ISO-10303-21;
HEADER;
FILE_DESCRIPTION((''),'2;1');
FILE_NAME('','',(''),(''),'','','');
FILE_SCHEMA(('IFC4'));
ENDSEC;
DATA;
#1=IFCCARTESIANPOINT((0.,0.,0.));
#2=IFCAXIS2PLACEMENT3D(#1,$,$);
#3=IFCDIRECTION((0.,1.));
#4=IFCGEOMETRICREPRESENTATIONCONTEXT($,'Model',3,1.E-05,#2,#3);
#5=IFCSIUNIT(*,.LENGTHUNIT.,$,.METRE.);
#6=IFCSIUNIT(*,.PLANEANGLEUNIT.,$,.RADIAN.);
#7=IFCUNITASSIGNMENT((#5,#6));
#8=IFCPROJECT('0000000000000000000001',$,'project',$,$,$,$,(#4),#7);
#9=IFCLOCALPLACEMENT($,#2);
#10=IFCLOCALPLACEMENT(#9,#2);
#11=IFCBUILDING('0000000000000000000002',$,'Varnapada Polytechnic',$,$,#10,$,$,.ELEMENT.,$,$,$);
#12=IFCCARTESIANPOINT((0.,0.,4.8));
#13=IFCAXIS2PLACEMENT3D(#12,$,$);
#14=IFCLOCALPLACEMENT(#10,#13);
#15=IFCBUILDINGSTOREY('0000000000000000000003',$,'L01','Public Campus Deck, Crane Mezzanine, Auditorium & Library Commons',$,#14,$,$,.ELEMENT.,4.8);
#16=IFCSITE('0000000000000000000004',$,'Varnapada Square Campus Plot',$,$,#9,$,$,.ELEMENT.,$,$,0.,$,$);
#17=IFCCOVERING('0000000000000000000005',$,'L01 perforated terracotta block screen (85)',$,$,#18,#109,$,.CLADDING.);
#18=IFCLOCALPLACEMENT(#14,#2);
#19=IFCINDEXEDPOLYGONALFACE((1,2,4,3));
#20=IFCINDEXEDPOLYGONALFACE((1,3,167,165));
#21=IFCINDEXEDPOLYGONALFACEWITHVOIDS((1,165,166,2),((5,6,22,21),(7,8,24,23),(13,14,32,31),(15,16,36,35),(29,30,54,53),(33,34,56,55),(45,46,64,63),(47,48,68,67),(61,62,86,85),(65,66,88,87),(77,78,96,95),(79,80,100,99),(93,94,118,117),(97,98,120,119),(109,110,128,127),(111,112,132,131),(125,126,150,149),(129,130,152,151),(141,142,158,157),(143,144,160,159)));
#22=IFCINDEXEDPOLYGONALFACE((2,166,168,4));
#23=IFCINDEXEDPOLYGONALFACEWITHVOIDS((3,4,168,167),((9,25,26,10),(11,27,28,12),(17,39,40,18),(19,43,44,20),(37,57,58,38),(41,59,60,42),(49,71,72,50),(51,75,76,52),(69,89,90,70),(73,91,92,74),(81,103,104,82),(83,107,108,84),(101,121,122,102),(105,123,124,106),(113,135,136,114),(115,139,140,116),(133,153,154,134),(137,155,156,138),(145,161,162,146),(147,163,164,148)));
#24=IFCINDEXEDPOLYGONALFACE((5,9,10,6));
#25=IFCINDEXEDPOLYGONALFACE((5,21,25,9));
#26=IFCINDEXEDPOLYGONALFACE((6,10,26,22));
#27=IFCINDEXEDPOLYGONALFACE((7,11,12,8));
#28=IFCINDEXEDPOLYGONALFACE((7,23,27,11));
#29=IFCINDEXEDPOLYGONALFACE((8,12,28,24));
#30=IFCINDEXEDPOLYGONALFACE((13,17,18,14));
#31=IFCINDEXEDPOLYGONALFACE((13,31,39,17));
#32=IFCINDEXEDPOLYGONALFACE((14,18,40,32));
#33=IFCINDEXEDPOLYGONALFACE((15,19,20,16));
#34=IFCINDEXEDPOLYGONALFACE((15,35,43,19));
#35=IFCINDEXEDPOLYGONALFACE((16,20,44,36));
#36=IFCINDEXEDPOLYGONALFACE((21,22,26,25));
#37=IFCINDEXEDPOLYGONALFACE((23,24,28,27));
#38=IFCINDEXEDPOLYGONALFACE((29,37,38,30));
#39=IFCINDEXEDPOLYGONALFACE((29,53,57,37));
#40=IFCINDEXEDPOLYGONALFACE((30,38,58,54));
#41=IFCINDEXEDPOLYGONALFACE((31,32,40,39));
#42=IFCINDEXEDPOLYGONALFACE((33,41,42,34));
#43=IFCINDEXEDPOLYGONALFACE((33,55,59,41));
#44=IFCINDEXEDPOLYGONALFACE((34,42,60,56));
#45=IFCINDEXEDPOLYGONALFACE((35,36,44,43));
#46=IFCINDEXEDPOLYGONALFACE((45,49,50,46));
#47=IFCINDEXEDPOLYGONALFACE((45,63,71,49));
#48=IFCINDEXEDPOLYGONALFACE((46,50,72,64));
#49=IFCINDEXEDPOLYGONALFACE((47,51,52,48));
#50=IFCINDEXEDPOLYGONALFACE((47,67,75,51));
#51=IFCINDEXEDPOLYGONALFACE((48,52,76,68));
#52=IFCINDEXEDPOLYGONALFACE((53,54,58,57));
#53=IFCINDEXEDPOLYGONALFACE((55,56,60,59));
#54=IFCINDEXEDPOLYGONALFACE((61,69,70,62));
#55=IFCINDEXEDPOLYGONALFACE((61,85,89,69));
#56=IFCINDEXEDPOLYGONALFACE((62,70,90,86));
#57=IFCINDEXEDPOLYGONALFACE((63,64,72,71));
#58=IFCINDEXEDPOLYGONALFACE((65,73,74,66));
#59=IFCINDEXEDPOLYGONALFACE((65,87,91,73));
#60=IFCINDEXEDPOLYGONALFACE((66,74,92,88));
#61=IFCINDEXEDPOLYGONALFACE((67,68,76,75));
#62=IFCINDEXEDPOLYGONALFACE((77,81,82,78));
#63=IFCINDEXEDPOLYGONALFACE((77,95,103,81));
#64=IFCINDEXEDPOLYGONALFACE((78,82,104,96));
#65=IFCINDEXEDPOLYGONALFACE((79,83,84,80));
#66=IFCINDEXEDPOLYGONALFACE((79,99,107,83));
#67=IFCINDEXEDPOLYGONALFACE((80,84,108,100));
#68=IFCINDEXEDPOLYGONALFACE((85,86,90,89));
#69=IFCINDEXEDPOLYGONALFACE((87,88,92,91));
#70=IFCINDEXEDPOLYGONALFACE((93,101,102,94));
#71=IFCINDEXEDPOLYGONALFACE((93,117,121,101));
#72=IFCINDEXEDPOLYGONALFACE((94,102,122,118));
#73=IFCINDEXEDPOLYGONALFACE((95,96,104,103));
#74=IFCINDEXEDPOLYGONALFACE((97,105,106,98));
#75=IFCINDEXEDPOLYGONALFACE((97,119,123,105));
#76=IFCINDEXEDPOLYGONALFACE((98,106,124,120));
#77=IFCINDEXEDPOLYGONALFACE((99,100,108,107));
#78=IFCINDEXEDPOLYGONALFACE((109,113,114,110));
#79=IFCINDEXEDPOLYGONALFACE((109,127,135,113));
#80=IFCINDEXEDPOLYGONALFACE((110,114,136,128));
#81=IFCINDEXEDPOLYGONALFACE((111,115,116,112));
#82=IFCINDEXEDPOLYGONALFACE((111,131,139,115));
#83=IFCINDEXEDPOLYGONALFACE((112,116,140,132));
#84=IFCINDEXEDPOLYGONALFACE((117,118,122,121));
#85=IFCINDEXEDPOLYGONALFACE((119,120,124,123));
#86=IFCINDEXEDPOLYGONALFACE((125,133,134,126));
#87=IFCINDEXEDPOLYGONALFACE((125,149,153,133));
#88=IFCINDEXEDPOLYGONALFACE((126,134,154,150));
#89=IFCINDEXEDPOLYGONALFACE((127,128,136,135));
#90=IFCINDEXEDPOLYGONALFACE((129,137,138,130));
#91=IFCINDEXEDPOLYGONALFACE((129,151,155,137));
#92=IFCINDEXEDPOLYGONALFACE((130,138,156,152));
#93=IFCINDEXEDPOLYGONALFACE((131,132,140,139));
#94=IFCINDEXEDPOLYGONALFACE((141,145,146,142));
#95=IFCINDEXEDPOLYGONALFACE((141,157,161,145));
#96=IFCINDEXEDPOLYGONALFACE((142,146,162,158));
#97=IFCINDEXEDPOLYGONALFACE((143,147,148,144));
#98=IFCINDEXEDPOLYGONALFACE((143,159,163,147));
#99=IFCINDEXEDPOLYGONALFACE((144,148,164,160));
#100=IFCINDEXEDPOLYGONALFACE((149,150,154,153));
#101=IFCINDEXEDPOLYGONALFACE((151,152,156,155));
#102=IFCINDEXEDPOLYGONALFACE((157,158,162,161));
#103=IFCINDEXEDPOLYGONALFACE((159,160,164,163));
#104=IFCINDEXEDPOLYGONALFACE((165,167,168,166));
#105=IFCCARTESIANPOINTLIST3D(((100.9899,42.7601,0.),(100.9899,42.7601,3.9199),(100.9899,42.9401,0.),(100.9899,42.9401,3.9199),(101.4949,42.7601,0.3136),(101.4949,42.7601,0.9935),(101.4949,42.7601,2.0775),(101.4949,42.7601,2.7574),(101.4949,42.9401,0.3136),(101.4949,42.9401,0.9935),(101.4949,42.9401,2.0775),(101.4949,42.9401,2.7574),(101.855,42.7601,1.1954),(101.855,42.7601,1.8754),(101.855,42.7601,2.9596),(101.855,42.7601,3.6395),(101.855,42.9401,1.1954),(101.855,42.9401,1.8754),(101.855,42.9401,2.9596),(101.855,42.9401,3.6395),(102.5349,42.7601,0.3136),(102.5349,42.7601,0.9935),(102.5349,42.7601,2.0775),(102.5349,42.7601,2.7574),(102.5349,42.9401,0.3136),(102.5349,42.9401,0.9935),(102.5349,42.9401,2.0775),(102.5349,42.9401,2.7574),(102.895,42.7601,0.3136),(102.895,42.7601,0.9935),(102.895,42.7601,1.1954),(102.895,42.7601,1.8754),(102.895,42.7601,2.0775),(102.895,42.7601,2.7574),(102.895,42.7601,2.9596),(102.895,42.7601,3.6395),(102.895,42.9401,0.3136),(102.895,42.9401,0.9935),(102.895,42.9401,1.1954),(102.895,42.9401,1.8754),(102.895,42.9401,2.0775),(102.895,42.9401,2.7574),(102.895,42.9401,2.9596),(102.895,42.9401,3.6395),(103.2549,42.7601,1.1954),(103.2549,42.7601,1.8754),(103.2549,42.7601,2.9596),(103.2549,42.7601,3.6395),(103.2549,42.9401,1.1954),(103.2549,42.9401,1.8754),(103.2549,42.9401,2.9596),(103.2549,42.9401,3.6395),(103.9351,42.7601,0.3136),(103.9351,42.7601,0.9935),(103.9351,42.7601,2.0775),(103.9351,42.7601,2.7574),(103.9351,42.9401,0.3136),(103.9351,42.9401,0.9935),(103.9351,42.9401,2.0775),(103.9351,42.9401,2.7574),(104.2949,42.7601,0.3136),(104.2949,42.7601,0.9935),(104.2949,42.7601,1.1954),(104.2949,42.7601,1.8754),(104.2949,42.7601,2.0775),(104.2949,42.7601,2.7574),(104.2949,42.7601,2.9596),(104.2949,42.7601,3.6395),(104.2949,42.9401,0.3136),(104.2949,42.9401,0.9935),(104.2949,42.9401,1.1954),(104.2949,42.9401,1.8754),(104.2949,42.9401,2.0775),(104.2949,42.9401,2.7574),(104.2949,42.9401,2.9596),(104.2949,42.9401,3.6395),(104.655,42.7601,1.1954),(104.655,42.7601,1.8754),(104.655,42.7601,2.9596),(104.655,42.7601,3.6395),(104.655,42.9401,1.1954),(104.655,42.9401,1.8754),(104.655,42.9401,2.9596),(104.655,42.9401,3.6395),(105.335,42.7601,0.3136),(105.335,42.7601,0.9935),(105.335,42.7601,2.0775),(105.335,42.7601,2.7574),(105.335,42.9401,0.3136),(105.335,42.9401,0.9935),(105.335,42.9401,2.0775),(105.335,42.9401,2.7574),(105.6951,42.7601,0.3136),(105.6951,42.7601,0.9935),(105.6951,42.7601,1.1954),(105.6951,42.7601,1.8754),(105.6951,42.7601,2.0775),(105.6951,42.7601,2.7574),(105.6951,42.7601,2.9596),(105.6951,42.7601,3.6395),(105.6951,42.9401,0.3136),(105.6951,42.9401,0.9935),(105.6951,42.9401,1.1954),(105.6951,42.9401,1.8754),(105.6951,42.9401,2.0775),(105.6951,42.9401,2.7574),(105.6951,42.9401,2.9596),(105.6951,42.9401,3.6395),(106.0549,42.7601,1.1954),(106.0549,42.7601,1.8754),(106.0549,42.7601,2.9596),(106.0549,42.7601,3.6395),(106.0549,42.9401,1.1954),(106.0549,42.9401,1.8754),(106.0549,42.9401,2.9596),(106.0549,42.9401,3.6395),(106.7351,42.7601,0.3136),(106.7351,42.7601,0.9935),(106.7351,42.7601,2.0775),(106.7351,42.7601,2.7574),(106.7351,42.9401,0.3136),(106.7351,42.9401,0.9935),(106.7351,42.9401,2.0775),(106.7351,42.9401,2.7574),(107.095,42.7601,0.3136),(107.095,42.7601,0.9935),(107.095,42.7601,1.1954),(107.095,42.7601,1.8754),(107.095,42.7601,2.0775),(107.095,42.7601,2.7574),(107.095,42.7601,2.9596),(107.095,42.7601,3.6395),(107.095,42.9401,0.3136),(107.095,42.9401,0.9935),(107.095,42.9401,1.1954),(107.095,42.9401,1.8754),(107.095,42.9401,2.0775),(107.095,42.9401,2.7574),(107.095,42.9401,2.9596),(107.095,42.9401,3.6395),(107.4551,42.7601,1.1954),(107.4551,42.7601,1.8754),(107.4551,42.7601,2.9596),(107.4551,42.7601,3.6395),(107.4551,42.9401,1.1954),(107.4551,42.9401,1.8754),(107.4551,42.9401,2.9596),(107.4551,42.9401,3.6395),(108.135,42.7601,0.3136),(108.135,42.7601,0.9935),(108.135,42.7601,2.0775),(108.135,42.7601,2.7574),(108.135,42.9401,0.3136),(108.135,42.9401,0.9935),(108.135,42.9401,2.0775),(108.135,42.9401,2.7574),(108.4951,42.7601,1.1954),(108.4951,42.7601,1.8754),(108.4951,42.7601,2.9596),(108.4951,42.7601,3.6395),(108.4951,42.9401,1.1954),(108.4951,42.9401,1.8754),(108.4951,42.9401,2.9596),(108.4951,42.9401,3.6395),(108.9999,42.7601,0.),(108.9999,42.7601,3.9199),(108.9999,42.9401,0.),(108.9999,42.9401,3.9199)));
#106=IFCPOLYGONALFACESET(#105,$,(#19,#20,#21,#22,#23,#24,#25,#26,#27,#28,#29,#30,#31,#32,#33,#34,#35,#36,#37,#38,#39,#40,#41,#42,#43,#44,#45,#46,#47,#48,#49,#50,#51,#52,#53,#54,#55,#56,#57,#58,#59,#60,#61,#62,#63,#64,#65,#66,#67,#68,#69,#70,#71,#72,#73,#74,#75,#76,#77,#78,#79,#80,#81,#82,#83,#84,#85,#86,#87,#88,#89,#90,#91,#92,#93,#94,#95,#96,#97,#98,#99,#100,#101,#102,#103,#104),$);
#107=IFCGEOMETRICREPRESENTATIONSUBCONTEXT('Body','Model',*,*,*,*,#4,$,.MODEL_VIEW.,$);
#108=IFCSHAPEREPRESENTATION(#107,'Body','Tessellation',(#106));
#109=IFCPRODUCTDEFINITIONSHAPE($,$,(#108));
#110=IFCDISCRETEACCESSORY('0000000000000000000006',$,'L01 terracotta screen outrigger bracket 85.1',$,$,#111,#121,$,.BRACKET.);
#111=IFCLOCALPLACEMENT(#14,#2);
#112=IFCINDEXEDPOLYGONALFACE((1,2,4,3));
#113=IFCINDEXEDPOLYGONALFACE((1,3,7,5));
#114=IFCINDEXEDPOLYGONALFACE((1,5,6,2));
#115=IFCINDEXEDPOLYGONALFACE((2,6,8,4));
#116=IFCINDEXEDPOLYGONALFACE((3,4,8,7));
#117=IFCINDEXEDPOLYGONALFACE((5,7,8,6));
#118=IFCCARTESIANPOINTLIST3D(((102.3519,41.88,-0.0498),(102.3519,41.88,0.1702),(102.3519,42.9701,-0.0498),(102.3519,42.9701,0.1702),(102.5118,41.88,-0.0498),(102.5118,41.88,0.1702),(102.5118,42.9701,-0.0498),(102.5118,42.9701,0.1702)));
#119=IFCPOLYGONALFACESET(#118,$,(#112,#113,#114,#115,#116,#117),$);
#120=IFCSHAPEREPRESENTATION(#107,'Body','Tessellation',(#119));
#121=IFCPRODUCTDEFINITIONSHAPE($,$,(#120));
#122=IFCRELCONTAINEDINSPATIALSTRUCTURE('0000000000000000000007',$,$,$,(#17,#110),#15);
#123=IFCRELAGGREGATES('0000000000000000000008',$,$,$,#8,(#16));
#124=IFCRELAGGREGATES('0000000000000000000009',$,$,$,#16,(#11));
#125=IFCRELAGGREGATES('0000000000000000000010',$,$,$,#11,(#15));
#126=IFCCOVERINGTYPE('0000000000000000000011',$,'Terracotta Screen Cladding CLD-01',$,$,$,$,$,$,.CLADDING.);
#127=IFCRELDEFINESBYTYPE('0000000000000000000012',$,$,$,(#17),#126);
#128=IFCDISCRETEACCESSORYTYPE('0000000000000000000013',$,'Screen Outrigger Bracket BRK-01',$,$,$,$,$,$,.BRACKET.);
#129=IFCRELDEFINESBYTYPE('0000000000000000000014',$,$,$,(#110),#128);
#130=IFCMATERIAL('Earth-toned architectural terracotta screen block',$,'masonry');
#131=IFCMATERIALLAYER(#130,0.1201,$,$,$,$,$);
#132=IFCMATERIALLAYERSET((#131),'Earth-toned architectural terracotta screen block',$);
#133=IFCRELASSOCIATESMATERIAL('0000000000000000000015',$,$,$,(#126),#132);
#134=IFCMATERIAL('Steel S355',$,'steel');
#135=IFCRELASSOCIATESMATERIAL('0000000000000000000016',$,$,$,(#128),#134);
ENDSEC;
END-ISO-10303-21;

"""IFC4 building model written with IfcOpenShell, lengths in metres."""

from ifc_helpers import new_model, si_unit, direction, frame, frame_2d, origin, origin_2d, place, context, subcontext, project, spatial, rectangle, extrude, material, layer, layer_set, type_object, element, save


model = new_model("IFC4")

# Units and contexts
model_context = context("Model", 3, precision=1e-05, world=origin(), true_north=direction((0.0, 1.0)))
body_context = subcontext(model_context, "Body", "Model", "MODEL_VIEW")
ifc_project = project(units=[si_unit("LENGTHUNIT", "METRE"), si_unit("PLANEANGLEUNIT", "RADIAN")], contexts=[model_context])

# Site, building, storey
site_placement = place(None, origin())
site = spatial("IfcSite", under=ifc_project, at=site_placement, Name="Varnapada Square Campus Plot", CompositionType="ELEMENT", RefElevation=0.0)
building_placement = place(site_placement, origin())
building = spatial("IfcBuilding", under=site, at=building_placement, Name="Varnapada Polytechnic", CompositionType="ELEMENT")
storey_placement = place(building_placement, frame((0.0, 0.0, 4.8)))
storey = spatial("IfcBuildingStorey", under=building, at=storey_placement, Name="L01", Description="Public Campus Deck, Crane Mezzanine, Auditorium & Library Commons", CompositionType="ELEMENT", Elevation=4.8)

# Shared definitions
ifc_material_1 = material(Name="Steel S355", Category="steel")

# Covering, openings
ifc_material_2 = material(Name="Earth-toned architectural terracotta screen block", Category="masonry")
ifc_layer_1 = layer(ifc_material_2, 0.1201)
ifc_layer_set_1 = layer_set([ifc_layer_1], Name="Earth-toned architectural terracotta screen block")
covering_type = type_object("IfcCoveringType", Name="Terracotta Screen Cladding CLD-01", PredefinedType="CLADDING", material=ifc_layer_set_1)
covering_placement = place(storey_placement, frame((100.99, 42.8501, 0.0), z_axis=(0.0, 0.0, 1.0), x_axis=(1.0, 0.0, 0.0)))
covering = element("IfcCovering", 1, at=covering_placement, inside=storey, type_object=covering_type, Name="L01 perforated terracotta block screen (85)", PredefinedType="CLADDING", context=body_context, shape_type="SweptSolid", body=[
    extrude(rectangle(XDim=8.01, YDim=0.1799, at=frame_2d((4.0049, 0.0))), origin(), (0.0, 0.0, 1.0), 3.9199),
])
opening_1_placement = place(covering_placement, frame((0.5049, 0.0, 0.3137)))
element("IfcOpeningElement", 2, at=opening_1_placement, cuts=covering, PredefinedType="OPENING", context=body_context, shape_type="SweptSolid", body=[
    extrude(rectangle(XDim=1.04, YDim=0.6799, at=frame_2d((0.52, 0.3398))), frame((0.0, 0.0999, 0.0), z_axis=(0.0, -1.0, 0.0), x_axis=(1.0, 0.0, 0.0)), (0.0, 0.0, 1.0), 0.2),
])
opening_2_placement = place(covering_placement, frame((1.905, 0.0, 0.3137)))
element("IfcOpeningElement", 3, at=opening_2_placement, cuts=covering, PredefinedType="OPENING", context=body_context, shape_type="SweptSolid", body=[
    extrude(rectangle(XDim=1.04, YDim=0.6799, at=frame_2d((0.52, 0.3398))), frame((0.0, 0.0999, 0.0), z_axis=(0.0, -1.0, 0.0), x_axis=(1.0, 0.0, 0.0)), (0.0, 0.0, 1.0), 0.2),
])
opening_3_placement = place(covering_placement, frame((3.3049, 0.0, 0.3137)))
element("IfcOpeningElement", 4, at=opening_3_placement, cuts=covering, PredefinedType="OPENING", context=body_context, shape_type="SweptSolid", body=[
    extrude(rectangle(XDim=1.04, YDim=0.6799, at=frame_2d((0.52, 0.3398))), frame((0.0, 0.0999, 0.0), z_axis=(0.0, -1.0, 0.0), x_axis=(1.0, 0.0, 0.0)), (0.0, 0.0, 1.0), 0.2),
])
opening_4_placement = place(covering_placement, frame((4.7051, 0.0, 0.3137)))
element("IfcOpeningElement", 5, at=opening_4_placement, cuts=covering, PredefinedType="OPENING", context=body_context, shape_type="SweptSolid", body=[
    extrude(rectangle(XDim=1.04, YDim=0.6799, at=frame_2d((0.52, 0.3398))), frame((0.0, 0.0999, 0.0), z_axis=(0.0, -1.0, 0.0), x_axis=(1.0, 0.0, 0.0)), (0.0, 0.0, 1.0), 0.2),
])
opening_5_placement = place(covering_placement, frame((6.105, 0.0, 0.3137)))
element("IfcOpeningElement", 6, at=opening_5_placement, cuts=covering, PredefinedType="OPENING", context=body_context, shape_type="SweptSolid", body=[
    extrude(rectangle(XDim=1.04, YDim=0.6799, at=frame_2d((0.52, 0.3398))), frame((0.0, 0.0999, 0.0), z_axis=(0.0, -1.0, 0.0), x_axis=(1.0, 0.0, 0.0)), (0.0, 0.0, 1.0), 0.2),
])
opening_6_placement = place(covering_placement, frame((0.865, 0.0, 1.1956)))
element("IfcOpeningElement", 7, at=opening_6_placement, cuts=covering, PredefinedType="OPENING", context=body_context, shape_type="SweptSolid", body=[
    extrude(rectangle(XDim=1.04, YDim=0.6799, at=frame_2d((0.52, 0.3398))), frame((0.0, 0.0999, 0.0), z_axis=(0.0, -1.0, 0.0), x_axis=(1.0, 0.0, 0.0)), (0.0, 0.0, 1.0), 0.2),
])
opening_7_placement = place(covering_placement, frame((2.2649, 0.0, 1.1956)))
element("IfcOpeningElement", 8, at=opening_7_placement, cuts=covering, PredefinedType="OPENING", context=body_context, shape_type="SweptSolid", body=[
    extrude(rectangle(XDim=1.04, YDim=0.6799, at=frame_2d((0.52, 0.3398))), frame((0.0, 0.0999, 0.0), z_axis=(0.0, -1.0, 0.0), x_axis=(1.0, 0.0, 0.0)), (0.0, 0.0, 1.0), 0.2),
])
opening_8_placement = place(covering_placement, frame((3.665, 0.0, 1.1956)))
element("IfcOpeningElement", 9, at=opening_8_placement, cuts=covering, PredefinedType="OPENING", context=body_context, shape_type="SweptSolid", body=[
    extrude(rectangle(XDim=1.04, YDim=0.6799, at=frame_2d((0.52, 0.3398))), frame((0.0, 0.0999, 0.0), z_axis=(0.0, -1.0, 0.0), x_axis=(1.0, 0.0, 0.0)), (0.0, 0.0, 1.0), 0.2),
])
opening_9_placement = place(covering_placement, frame((5.0649, 0.0, 1.1956)))
element("IfcOpeningElement", 10, at=opening_9_placement, cuts=covering, PredefinedType="OPENING", context=body_context, shape_type="SweptSolid", body=[
    extrude(rectangle(XDim=1.04, YDim=0.6799, at=frame_2d((0.52, 0.3398))), frame((0.0, 0.0999, 0.0), z_axis=(0.0, -1.0, 0.0), x_axis=(1.0, 0.0, 0.0)), (0.0, 0.0, 1.0), 0.2),
])
opening_10_placement = place(covering_placement, frame((6.4651, 0.0, 1.1956)))
element("IfcOpeningElement", 11, at=opening_10_placement, cuts=covering, PredefinedType="OPENING", context=body_context, shape_type="SweptSolid", body=[
    extrude(rectangle(XDim=1.04, YDim=0.6799, at=frame_2d((0.52, 0.3398))), frame((0.0, 0.0999, 0.0), z_axis=(0.0, -1.0, 0.0), x_axis=(1.0, 0.0, 0.0)), (0.0, 0.0, 1.0), 0.2),
])
opening_11_placement = place(covering_placement, frame((0.5049, 0.0, 2.0776)))
element("IfcOpeningElement", 12, at=opening_11_placement, cuts=covering, PredefinedType="OPENING", context=body_context, shape_type="SweptSolid", body=[
    extrude(rectangle(XDim=1.04, YDim=0.6799, at=frame_2d((0.52, 0.3398))), frame((0.0, 0.0999, 0.0), z_axis=(0.0, -1.0, 0.0), x_axis=(1.0, 0.0, 0.0)), (0.0, 0.0, 1.0), 0.2),
])
opening_12_placement = place(covering_placement, frame((1.905, 0.0, 2.0776)))
element("IfcOpeningElement", 13, at=opening_12_placement, cuts=covering, PredefinedType="OPENING", context=body_context, shape_type="SweptSolid", body=[
    extrude(rectangle(XDim=1.04, YDim=0.6799, at=frame_2d((0.52, 0.3398))), frame((0.0, 0.0999, 0.0), z_axis=(0.0, -1.0, 0.0), x_axis=(1.0, 0.0, 0.0)), (0.0, 0.0, 1.0), 0.2),
])
opening_13_placement = place(covering_placement, frame((3.3049, 0.0, 2.0776)))
element("IfcOpeningElement", 14, at=opening_13_placement, cuts=covering, PredefinedType="OPENING", context=body_context, shape_type="SweptSolid", body=[
    extrude(rectangle(XDim=1.04, YDim=0.6799, at=frame_2d((0.52, 0.3398))), frame((0.0, 0.0999, 0.0), z_axis=(0.0, -1.0, 0.0), x_axis=(1.0, 0.0, 0.0)), (0.0, 0.0, 1.0), 0.2),
])
opening_14_placement = place(covering_placement, frame((4.7051, 0.0, 2.0776)))
element("IfcOpeningElement", 15, at=opening_14_placement, cuts=covering, PredefinedType="OPENING", context=body_context, shape_type="SweptSolid", body=[
    extrude(rectangle(XDim=1.04, YDim=0.6799, at=frame_2d((0.52, 0.3398))), frame((0.0, 0.0999, 0.0), z_axis=(0.0, -1.0, 0.0), x_axis=(1.0, 0.0, 0.0)), (0.0, 0.0, 1.0), 0.2),
])
opening_15_placement = place(covering_placement, frame((6.105, 0.0, 2.0776)))
element("IfcOpeningElement", 16, at=opening_15_placement, cuts=covering, PredefinedType="OPENING", context=body_context, shape_type="SweptSolid", body=[
    extrude(rectangle(XDim=1.04, YDim=0.6799, at=frame_2d((0.52, 0.3398))), frame((0.0, 0.0999, 0.0), z_axis=(0.0, -1.0, 0.0), x_axis=(1.0, 0.0, 0.0)), (0.0, 0.0, 1.0), 0.2),
])
opening_16_placement = place(covering_placement, frame((0.865, 0.0, 2.9597)))
element("IfcOpeningElement", 17, at=opening_16_placement, cuts=covering, PredefinedType="OPENING", context=body_context, shape_type="SweptSolid", body=[
    extrude(rectangle(XDim=1.04, YDim=0.6799, at=frame_2d((0.52, 0.3398))), frame((0.0, 0.0999, 0.0), z_axis=(0.0, -1.0, 0.0), x_axis=(1.0, 0.0, 0.0)), (0.0, 0.0, 1.0), 0.2),
])
opening_17_placement = place(covering_placement, frame((2.2649, 0.0, 2.9597)))
element("IfcOpeningElement", 18, at=opening_17_placement, cuts=covering, PredefinedType="OPENING", context=body_context, shape_type="SweptSolid", body=[
    extrude(rectangle(XDim=1.04, YDim=0.6799, at=frame_2d((0.52, 0.3398))), frame((0.0, 0.0999, 0.0), z_axis=(0.0, -1.0, 0.0), x_axis=(1.0, 0.0, 0.0)), (0.0, 0.0, 1.0), 0.2),
])
opening_18_placement = place(covering_placement, frame((3.665, 0.0, 2.9597)))
element("IfcOpeningElement", 19, at=opening_18_placement, cuts=covering, PredefinedType="OPENING", context=body_context, shape_type="SweptSolid", body=[
    extrude(rectangle(XDim=1.04, YDim=0.6799, at=frame_2d((0.52, 0.3398))), frame((0.0, 0.0999, 0.0), z_axis=(0.0, -1.0, 0.0), x_axis=(1.0, 0.0, 0.0)), (0.0, 0.0, 1.0), 0.2),
])
opening_19_placement = place(covering_placement, frame((5.0649, 0.0, 2.9597)))
element("IfcOpeningElement", 20, at=opening_19_placement, cuts=covering, PredefinedType="OPENING", context=body_context, shape_type="SweptSolid", body=[
    extrude(rectangle(XDim=1.04, YDim=0.6799, at=frame_2d((0.52, 0.3398))), frame((0.0, 0.0999, 0.0), z_axis=(0.0, -1.0, 0.0), x_axis=(1.0, 0.0, 0.0)), (0.0, 0.0, 1.0), 0.2),
])
opening_20_placement = place(covering_placement, frame((6.4651, 0.0, 2.9597)))
element("IfcOpeningElement", 21, at=opening_20_placement, cuts=covering, PredefinedType="OPENING", context=body_context, shape_type="SweptSolid", body=[
    extrude(rectangle(XDim=1.04, YDim=0.6799, at=frame_2d((0.52, 0.3398))), frame((0.0, 0.0999, 0.0), z_axis=(0.0, -1.0, 0.0), x_axis=(1.0, 0.0, 0.0)), (0.0, 0.0, 1.0), 0.2),
])

# Discrete accessory
discrete_accessory_type = type_object("IfcDiscreteAccessoryType", Name="Screen Outrigger Bracket BRK-01", PredefinedType="BRACKET", material=ifc_material_1)
discrete_accessory_placement = place(storey_placement, frame((102.4319, 42.425, -0.0498), z_axis=(0.0, 0.0, 1.0), x_axis=(1.0, 0.0, 0.0)))
element("IfcDiscreteAccessory", 22, at=discrete_accessory_placement, inside=storey, type_object=discrete_accessory_type, Name="L01 terracotta screen outrigger bracket 85.1", PredefinedType="BRACKET", context=body_context, shape_type="SweptSolid", body=[
    extrude(rectangle(XDim=0.1599, YDim=1.0901, at=origin_2d()), origin(), (0.0, 0.0, 1.0), 0.22),
])

save(model, "model.ifc")
